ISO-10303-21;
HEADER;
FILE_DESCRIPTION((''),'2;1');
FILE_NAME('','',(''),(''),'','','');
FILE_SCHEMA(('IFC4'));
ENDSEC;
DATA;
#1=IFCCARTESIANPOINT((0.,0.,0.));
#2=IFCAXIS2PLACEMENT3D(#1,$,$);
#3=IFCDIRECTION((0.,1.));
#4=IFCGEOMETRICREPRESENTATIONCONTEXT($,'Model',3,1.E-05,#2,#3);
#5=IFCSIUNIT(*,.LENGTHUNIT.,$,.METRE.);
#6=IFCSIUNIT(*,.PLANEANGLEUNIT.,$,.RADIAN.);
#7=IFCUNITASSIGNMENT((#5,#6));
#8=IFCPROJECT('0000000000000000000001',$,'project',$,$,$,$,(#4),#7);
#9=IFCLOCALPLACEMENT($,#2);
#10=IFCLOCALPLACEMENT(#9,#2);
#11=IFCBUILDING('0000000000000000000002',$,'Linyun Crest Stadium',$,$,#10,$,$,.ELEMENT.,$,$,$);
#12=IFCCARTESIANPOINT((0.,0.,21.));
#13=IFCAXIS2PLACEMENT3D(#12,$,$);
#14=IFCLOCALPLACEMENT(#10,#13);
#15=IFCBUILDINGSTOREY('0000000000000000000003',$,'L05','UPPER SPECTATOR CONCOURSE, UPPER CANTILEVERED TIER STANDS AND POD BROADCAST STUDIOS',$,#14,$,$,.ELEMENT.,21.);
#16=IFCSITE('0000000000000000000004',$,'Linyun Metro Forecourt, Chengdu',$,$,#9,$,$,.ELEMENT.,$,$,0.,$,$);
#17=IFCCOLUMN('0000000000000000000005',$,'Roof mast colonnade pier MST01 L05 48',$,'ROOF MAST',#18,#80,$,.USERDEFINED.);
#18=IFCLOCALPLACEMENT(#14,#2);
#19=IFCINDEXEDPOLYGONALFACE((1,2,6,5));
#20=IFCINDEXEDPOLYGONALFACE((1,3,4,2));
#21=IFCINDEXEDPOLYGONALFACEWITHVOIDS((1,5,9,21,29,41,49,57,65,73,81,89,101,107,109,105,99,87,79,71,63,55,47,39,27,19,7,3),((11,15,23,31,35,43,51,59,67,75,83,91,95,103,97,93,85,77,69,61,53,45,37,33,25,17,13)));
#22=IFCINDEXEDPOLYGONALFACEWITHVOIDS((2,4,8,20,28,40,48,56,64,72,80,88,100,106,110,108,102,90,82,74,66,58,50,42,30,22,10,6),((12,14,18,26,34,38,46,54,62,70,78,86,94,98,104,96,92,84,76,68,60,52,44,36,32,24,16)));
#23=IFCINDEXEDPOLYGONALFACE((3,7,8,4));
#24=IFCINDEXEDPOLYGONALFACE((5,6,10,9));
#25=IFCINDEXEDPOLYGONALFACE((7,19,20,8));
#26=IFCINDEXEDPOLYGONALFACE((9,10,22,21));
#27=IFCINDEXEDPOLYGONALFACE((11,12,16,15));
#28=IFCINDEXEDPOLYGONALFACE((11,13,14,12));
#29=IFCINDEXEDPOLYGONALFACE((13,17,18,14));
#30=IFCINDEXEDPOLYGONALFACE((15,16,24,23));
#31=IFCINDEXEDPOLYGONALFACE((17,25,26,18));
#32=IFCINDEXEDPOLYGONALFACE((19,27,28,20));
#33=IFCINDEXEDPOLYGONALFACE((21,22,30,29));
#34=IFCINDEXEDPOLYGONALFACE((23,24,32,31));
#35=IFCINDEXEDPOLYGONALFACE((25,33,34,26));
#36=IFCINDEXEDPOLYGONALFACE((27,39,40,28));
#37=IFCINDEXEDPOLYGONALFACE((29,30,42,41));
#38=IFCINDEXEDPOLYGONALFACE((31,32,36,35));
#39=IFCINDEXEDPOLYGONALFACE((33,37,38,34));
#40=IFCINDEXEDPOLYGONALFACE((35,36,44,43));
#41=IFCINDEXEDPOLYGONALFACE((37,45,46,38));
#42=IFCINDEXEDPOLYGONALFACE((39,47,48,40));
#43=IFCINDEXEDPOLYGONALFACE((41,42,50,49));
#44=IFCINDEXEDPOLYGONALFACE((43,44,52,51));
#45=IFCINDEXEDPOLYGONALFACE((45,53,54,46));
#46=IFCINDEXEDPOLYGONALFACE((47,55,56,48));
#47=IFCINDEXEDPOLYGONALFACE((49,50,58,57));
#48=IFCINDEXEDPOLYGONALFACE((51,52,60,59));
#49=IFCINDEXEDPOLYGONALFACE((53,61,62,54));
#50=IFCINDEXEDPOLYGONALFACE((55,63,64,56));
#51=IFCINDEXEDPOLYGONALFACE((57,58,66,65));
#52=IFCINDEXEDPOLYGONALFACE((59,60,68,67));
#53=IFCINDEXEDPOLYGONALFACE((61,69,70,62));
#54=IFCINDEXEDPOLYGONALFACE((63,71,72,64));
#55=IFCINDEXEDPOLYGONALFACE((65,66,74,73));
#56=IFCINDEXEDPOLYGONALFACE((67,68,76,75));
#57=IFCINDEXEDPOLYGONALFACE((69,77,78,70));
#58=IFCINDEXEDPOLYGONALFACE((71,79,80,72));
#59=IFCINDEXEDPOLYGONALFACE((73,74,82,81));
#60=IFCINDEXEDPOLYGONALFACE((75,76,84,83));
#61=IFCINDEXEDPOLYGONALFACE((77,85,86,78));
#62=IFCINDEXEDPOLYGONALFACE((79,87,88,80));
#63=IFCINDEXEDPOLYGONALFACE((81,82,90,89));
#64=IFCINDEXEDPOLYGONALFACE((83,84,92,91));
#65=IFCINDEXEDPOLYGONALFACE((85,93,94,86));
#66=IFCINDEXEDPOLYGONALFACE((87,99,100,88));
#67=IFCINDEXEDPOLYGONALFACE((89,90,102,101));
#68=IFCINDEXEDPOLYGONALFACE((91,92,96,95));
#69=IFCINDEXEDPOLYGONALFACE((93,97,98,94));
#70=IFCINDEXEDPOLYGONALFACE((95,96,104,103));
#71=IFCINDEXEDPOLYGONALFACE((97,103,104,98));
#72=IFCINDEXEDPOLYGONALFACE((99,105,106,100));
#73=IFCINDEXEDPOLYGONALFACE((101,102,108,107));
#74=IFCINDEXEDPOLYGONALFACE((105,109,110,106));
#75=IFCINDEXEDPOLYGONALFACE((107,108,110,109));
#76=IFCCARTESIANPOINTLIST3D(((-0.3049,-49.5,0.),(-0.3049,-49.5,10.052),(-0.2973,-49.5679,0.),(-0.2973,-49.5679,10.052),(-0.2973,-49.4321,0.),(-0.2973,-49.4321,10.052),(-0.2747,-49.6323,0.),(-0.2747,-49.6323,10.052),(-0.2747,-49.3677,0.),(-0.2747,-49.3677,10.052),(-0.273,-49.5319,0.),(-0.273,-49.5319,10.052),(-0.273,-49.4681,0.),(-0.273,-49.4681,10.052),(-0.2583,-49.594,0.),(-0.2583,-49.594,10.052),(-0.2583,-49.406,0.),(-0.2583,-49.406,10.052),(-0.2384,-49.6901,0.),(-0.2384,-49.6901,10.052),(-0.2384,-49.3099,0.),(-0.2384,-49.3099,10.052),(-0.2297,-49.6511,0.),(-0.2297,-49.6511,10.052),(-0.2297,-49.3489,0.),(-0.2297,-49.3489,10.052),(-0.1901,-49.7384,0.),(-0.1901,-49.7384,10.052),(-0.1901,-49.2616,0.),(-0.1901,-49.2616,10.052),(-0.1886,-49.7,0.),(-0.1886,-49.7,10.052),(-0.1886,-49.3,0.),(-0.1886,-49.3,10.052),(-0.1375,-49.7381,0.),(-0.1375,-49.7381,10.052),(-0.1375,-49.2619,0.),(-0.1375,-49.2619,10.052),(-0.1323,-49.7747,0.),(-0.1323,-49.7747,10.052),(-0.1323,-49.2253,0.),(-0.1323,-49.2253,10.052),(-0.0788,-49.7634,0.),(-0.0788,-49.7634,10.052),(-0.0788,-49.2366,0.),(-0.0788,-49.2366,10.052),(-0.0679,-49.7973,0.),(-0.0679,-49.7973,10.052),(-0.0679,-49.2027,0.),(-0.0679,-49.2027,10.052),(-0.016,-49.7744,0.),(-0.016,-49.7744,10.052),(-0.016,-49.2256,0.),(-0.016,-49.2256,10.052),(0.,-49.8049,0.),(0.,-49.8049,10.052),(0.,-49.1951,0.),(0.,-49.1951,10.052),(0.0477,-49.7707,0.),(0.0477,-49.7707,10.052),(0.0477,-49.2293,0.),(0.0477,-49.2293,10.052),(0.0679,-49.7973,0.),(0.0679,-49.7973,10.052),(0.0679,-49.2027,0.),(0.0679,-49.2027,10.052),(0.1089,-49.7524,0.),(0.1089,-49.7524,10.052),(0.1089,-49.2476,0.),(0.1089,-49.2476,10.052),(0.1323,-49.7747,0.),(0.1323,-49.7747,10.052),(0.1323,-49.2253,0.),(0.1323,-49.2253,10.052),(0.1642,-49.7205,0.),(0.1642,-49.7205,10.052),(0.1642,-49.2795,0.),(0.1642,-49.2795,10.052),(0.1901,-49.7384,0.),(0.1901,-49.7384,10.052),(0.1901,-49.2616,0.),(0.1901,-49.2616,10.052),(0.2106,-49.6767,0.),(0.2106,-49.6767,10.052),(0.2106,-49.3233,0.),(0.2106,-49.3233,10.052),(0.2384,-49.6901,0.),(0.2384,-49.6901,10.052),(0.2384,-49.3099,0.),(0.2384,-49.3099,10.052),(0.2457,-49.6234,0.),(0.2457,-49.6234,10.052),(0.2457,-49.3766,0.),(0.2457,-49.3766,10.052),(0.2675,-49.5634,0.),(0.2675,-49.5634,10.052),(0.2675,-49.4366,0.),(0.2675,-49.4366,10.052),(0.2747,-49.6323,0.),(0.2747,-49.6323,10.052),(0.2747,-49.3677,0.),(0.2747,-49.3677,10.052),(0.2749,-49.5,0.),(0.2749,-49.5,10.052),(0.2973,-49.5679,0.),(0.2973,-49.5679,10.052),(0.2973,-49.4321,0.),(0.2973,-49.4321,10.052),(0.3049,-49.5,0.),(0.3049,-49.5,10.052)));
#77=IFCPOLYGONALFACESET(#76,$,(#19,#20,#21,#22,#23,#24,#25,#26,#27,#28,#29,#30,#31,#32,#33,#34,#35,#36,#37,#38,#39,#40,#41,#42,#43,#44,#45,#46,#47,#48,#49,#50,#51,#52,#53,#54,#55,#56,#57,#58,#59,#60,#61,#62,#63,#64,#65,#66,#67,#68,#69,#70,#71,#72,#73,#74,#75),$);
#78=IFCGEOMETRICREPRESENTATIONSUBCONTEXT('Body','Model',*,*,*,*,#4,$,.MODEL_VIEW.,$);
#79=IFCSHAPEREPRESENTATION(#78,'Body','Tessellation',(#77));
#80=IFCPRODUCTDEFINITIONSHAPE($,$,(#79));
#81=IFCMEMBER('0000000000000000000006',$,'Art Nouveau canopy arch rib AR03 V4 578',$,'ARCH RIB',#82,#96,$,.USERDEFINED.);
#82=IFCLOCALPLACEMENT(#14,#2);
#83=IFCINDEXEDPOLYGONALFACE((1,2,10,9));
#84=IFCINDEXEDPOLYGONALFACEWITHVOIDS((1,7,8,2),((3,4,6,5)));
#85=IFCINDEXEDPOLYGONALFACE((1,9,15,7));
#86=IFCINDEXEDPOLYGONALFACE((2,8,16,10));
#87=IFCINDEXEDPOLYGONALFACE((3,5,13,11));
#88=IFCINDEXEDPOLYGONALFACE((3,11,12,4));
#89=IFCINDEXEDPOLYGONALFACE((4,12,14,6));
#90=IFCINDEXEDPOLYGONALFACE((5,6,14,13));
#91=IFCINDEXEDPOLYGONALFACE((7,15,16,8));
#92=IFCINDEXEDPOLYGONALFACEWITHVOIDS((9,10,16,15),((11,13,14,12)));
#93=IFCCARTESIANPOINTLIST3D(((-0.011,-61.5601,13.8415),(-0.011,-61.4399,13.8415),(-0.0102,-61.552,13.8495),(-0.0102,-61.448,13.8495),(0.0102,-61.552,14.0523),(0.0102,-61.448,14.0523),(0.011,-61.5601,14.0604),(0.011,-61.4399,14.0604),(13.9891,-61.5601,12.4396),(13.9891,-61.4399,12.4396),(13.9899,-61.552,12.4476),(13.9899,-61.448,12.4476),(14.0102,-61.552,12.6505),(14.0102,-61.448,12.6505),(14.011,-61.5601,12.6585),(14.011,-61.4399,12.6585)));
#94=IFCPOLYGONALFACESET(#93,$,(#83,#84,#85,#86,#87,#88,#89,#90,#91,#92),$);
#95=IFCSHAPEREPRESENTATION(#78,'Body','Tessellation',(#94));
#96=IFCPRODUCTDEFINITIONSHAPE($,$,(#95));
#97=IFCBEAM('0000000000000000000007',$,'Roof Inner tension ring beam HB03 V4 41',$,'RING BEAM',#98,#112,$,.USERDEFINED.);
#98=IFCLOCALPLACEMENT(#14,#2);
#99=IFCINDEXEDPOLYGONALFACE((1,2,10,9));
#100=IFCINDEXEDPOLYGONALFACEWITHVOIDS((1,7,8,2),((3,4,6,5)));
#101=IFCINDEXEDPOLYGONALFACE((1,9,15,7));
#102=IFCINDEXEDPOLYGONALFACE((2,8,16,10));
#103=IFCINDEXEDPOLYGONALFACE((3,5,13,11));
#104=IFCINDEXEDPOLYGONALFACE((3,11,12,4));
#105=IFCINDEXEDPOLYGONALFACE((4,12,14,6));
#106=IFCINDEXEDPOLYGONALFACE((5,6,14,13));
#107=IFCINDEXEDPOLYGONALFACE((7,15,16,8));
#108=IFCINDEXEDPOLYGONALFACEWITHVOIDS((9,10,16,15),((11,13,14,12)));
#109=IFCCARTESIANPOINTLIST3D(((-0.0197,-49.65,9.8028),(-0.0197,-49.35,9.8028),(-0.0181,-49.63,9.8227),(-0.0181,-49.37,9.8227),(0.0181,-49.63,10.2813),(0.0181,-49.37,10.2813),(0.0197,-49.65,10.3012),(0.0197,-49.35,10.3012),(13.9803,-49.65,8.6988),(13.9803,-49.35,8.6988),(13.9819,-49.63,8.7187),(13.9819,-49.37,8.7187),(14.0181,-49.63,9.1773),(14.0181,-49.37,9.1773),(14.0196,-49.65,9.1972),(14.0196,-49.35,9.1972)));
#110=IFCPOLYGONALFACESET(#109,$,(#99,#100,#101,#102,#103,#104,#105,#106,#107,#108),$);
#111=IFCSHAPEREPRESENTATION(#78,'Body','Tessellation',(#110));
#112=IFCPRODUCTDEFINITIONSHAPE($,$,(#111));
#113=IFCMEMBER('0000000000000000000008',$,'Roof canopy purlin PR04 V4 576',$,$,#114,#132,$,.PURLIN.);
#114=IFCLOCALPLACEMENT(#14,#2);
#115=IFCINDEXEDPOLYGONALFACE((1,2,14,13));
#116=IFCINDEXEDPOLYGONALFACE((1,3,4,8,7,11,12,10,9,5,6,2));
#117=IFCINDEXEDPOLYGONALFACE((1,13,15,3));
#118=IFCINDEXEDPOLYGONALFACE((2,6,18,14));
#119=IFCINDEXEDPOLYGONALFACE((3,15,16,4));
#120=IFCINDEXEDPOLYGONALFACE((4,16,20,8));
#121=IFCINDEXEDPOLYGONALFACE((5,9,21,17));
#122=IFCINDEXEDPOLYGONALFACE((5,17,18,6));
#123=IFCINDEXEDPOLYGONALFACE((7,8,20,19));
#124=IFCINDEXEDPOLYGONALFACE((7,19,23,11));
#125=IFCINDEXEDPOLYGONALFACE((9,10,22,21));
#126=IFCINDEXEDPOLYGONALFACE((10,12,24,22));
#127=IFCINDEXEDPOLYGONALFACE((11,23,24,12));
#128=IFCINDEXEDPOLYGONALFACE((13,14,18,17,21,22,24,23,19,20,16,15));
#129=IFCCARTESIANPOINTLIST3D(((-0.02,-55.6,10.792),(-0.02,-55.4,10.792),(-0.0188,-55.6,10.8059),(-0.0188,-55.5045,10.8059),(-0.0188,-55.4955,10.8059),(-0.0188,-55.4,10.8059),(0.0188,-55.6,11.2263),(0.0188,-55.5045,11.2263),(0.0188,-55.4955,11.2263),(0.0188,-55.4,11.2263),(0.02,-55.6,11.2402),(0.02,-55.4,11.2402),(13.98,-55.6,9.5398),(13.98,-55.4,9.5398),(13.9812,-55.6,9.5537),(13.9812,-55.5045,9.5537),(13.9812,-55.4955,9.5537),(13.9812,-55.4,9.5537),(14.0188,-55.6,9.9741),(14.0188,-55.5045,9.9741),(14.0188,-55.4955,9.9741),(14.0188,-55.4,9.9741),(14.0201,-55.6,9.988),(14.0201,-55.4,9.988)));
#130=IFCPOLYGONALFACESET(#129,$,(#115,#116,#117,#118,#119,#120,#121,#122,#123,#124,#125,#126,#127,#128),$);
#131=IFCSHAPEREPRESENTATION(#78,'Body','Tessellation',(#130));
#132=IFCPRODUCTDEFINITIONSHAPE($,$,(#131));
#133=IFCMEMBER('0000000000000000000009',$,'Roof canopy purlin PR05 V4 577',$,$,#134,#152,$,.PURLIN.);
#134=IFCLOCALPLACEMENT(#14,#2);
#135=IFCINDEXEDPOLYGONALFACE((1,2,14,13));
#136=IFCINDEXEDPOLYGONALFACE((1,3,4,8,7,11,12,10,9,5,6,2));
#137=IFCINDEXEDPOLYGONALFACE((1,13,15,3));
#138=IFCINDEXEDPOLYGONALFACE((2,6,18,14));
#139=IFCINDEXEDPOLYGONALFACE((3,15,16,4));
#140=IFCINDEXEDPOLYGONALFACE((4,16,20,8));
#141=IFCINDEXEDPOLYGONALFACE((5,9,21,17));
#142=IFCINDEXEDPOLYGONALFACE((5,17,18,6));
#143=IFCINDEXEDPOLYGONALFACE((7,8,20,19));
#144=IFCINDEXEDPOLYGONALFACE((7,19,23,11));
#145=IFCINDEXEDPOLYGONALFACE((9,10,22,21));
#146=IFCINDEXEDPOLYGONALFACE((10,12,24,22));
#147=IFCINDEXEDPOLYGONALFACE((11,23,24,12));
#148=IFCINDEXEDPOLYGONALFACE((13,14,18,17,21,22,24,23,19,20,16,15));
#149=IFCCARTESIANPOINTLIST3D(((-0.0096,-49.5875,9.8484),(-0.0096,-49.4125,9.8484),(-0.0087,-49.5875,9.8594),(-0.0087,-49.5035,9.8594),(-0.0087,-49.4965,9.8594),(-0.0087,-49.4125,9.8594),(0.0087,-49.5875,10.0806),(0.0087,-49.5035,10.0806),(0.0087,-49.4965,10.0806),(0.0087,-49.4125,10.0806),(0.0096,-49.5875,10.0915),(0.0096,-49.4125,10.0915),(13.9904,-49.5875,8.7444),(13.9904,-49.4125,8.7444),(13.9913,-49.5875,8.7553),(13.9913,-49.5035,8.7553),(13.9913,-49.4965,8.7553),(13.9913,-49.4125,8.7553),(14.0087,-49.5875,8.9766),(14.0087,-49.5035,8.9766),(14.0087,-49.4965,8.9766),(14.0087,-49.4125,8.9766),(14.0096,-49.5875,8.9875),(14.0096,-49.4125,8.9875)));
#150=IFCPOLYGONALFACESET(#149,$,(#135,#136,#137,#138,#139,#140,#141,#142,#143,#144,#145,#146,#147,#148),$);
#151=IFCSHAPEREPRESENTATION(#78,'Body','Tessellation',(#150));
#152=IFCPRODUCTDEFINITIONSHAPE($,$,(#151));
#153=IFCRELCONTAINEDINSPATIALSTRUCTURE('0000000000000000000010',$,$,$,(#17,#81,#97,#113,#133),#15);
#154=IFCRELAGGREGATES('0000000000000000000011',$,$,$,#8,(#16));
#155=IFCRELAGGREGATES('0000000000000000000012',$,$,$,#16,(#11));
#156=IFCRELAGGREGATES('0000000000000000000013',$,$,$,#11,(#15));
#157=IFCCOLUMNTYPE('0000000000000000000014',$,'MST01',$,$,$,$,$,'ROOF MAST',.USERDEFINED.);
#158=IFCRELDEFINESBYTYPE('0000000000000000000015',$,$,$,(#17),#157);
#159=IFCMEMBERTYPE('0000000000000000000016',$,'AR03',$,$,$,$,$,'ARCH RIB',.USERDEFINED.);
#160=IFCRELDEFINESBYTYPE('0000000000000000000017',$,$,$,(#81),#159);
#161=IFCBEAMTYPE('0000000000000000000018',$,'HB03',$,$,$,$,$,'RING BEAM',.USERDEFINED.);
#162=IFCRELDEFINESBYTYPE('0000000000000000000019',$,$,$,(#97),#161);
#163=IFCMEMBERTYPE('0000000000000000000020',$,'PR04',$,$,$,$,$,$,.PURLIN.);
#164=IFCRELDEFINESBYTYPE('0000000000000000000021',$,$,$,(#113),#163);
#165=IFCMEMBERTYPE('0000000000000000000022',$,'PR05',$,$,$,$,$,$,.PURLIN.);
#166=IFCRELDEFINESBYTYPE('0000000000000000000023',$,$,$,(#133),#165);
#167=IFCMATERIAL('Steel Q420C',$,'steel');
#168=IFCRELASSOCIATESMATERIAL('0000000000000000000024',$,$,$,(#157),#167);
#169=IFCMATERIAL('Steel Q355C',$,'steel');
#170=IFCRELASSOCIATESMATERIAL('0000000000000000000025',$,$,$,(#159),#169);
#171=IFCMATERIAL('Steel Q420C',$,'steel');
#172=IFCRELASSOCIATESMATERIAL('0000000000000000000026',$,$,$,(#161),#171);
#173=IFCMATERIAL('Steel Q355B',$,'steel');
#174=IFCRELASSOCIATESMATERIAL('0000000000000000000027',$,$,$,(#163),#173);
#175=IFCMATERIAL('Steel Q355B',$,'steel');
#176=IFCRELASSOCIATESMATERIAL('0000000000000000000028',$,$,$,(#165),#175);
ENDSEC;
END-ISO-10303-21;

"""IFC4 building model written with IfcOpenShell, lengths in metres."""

from ifc_helpers import new_model, si_unit, direction, frame, origin, origin_2d, place, context, subcontext, project, spatial, hollow_rectangle, hollow_circle, i_section, extrude, material, material_profile, profile_set, type_object, element, save


model = new_model("IFC4")

# Units and contexts
model_context = context("Model", 3, precision=1e-05, world=origin(), true_north=direction((0.0, 1.0)))
body_context = subcontext(model_context, "Body", "Model", "MODEL_VIEW")
ifc_project = project(units=[si_unit("LENGTHUNIT", "METRE"), si_unit("PLANEANGLEUNIT", "RADIAN")], contexts=[model_context])

# Site, building, storey
site_placement = place(None, origin())
site = spatial("IfcSite", under=ifc_project, at=site_placement, Name="Linyun Metro Forecourt, Chengdu", CompositionType="ELEMENT", RefElevation=0.0)
building_placement = place(site_placement, origin())
building = spatial("IfcBuilding", under=site, at=building_placement, Name="Linyun Crest Stadium", CompositionType="ELEMENT")
storey_placement = place(building_placement, frame((0.0, 0.0, 21.0)))
storey = spatial("IfcBuildingStorey", under=building, at=storey_placement, Name="L05", Description="UPPER SPECTATOR CONCOURSE, UPPER CANTILEVERED TIER STANDS AND POD BROADCAST STUDIOS", CompositionType="ELEMENT", Elevation=21.0)

# Column
ifc_material_1 = material(Name="Steel Q420C", Category="steel")
ifc_material_profile_1 = material_profile(ifc_material_1, hollow_circle(Radius=0.3049, WallThickness=0.03, at=origin_2d()), Name="CHS 610x30")
ifc_profile_set_1 = profile_set([ifc_material_profile_1], Name="Steel Q420C")
column_type = type_object("IfcColumnType", Name="MST01", ElementType="ROOF MAST", PredefinedType="USERDEFINED", material=ifc_profile_set_1)
column_placement = place(storey_placement, frame((0.0, -49.5, 0.0), z_axis=(0.0, 0.0, 1.0), x_axis=(1.0, 0.0, 0.0)))
element("IfcColumn", 1, at=column_placement, inside=storey, type_object=column_type, Name="Roof mast colonnade pier MST01 L05 48", ObjectType="ROOF MAST", PredefinedType="USERDEFINED", context=body_context, shape_type="SweptSolid", body=[
    extrude(hollow_circle(Radius=0.3049, WallThickness=0.03, at=origin_2d()), origin(), (0.0, 0.0, 1.0), 10.052),
])

# Member
ifc_material_2 = material(Name="Steel Q355C", Category="steel")
ifc_material_profile_2 = material_profile(ifc_material_2, hollow_rectangle(XDim=0.1201, YDim=0.22, WallThickness=0.0081, at=origin_2d()), Name="RHS 220x120x8")
ifc_profile_set_2 = profile_set([ifc_material_profile_2], Name="Steel Q355C")
member_type_1 = type_object("IfcMemberType", Name="AR03", ElementType="ARCH RIB", PredefinedType="USERDEFINED", material=ifc_profile_set_2)
member_1_placement = place(storey_placement, frame((0.0, -61.5, 13.9509), z_axis=(0.995024, 0.0, -0.099634), x_axis=(0.0, 1.0, 0.0)))
element("IfcMember", 2, at=member_1_placement, inside=storey, type_object=member_type_1, Name="Art Nouveau canopy arch rib AR03 V4 578", ObjectType="ARCH RIB", PredefinedType="USERDEFINED", context=body_context, shape_type="SweptSolid", body=[
    extrude(hollow_rectangle(XDim=0.1201, YDim=0.22, WallThickness=0.0081, at=origin_2d()), origin(), (0.0, 0.0, 1.0), 14.0701),
])

# Beam
ifc_material_3 = material(Name="Steel Q420C", Category="steel")
ifc_material_profile_3 = material_profile(ifc_material_3, hollow_rectangle(XDim=0.3, YDim=0.5, WallThickness=0.02, at=origin_2d()), Name="RHS 500x300x20")
ifc_profile_set_3 = profile_set([ifc_material_profile_3], Name="Steel Q420C")
beam_type = type_object("IfcBeamType", Name="HB03", ElementType="RING BEAM", PredefinedType="USERDEFINED", material=ifc_profile_set_3)
beam_placement = place(storey_placement, frame((0.0, -49.5, 10.052), z_axis=(0.996905, 0.0, -0.078613), x_axis=(0.0, 1.0, 0.0)))
element("IfcBeam", 3, at=beam_placement, inside=storey, type_object=beam_type, Name="Roof Inner tension ring beam HB03 V4 41", ObjectType="RING BEAM", PredefinedType="USERDEFINED", context=body_context, shape_type="SweptSolid", body=[
    extrude(hollow_rectangle(XDim=0.3, YDim=0.5, WallThickness=0.02, at=origin_2d()), origin(), (0.0, 0.0, 1.0), 14.0435),
])

# Members
ifc_material_4 = material(Name="Steel Q355B", Category="steel")
ifc_material_profile_4 = material_profile(ifc_material_4, i_section(OverallWidth=0.2, OverallDepth=0.45, WebThickness=0.009, FlangeThickness=0.0139, at=origin_2d()), Name="HN 450x200")
ifc_profile_set_4 = profile_set([ifc_material_profile_4], Name="Steel Q355B")
member_type_2 = type_object("IfcMemberType", Name="PR04", PredefinedType="PURLIN", material=ifc_profile_set_4)
member_2_placement = place(storey_placement, frame((0.0, -55.5, 11.0161), z_axis=(0.996024, 0.0, -0.089087), x_axis=(0.0, 1.0, 0.0)))
element("IfcMember", 4, at=member_2_placement, inside=storey, type_object=member_type_2, Name="Roof canopy purlin PR04 V4 576", PredefinedType="PURLIN", context=body_context, shape_type="SweptSolid", body=[
    extrude(i_section(OverallWidth=0.2, OverallDepth=0.45, WebThickness=0.009, FlangeThickness=0.0139, at=origin_2d()), origin(), (0.0, 0.0, 1.0), 14.0559),
])
ifc_material_5 = material(Name="Steel Q355B", Category="steel")
ifc_material_profile_5 = material_profile(ifc_material_5, i_section(OverallWidth=0.175, OverallDepth=0.2439, WebThickness=0.0071, FlangeThickness=0.011, at=origin_2d()), Name="HM 244x175")
ifc_profile_set_5 = profile_set([ifc_material_profile_5], Name="Steel Q355B")
member_type_3 = type_object("IfcMemberType", Name="PR05", PredefinedType="PURLIN", material=ifc_profile_set_5)
member_3_placement = place(storey_placement, frame((0.0, -49.5, 9.97), z_axis=(0.996905, 0.0, -0.078613), x_axis=(0.0, 1.0, 0.0)))
element("IfcMember", 5, at=member_3_placement, inside=storey, type_object=member_type_3, Name="Roof canopy purlin PR05 V4 577", PredefinedType="PURLIN", context=body_context, shape_type="SweptSolid", body=[
    extrude(i_section(OverallWidth=0.175, OverallDepth=0.2439, WebThickness=0.0071, FlangeThickness=0.011, at=origin_2d()), origin(), (0.0, 0.0, 1.0), 14.0435),
])

save(model, "model.ifc")
